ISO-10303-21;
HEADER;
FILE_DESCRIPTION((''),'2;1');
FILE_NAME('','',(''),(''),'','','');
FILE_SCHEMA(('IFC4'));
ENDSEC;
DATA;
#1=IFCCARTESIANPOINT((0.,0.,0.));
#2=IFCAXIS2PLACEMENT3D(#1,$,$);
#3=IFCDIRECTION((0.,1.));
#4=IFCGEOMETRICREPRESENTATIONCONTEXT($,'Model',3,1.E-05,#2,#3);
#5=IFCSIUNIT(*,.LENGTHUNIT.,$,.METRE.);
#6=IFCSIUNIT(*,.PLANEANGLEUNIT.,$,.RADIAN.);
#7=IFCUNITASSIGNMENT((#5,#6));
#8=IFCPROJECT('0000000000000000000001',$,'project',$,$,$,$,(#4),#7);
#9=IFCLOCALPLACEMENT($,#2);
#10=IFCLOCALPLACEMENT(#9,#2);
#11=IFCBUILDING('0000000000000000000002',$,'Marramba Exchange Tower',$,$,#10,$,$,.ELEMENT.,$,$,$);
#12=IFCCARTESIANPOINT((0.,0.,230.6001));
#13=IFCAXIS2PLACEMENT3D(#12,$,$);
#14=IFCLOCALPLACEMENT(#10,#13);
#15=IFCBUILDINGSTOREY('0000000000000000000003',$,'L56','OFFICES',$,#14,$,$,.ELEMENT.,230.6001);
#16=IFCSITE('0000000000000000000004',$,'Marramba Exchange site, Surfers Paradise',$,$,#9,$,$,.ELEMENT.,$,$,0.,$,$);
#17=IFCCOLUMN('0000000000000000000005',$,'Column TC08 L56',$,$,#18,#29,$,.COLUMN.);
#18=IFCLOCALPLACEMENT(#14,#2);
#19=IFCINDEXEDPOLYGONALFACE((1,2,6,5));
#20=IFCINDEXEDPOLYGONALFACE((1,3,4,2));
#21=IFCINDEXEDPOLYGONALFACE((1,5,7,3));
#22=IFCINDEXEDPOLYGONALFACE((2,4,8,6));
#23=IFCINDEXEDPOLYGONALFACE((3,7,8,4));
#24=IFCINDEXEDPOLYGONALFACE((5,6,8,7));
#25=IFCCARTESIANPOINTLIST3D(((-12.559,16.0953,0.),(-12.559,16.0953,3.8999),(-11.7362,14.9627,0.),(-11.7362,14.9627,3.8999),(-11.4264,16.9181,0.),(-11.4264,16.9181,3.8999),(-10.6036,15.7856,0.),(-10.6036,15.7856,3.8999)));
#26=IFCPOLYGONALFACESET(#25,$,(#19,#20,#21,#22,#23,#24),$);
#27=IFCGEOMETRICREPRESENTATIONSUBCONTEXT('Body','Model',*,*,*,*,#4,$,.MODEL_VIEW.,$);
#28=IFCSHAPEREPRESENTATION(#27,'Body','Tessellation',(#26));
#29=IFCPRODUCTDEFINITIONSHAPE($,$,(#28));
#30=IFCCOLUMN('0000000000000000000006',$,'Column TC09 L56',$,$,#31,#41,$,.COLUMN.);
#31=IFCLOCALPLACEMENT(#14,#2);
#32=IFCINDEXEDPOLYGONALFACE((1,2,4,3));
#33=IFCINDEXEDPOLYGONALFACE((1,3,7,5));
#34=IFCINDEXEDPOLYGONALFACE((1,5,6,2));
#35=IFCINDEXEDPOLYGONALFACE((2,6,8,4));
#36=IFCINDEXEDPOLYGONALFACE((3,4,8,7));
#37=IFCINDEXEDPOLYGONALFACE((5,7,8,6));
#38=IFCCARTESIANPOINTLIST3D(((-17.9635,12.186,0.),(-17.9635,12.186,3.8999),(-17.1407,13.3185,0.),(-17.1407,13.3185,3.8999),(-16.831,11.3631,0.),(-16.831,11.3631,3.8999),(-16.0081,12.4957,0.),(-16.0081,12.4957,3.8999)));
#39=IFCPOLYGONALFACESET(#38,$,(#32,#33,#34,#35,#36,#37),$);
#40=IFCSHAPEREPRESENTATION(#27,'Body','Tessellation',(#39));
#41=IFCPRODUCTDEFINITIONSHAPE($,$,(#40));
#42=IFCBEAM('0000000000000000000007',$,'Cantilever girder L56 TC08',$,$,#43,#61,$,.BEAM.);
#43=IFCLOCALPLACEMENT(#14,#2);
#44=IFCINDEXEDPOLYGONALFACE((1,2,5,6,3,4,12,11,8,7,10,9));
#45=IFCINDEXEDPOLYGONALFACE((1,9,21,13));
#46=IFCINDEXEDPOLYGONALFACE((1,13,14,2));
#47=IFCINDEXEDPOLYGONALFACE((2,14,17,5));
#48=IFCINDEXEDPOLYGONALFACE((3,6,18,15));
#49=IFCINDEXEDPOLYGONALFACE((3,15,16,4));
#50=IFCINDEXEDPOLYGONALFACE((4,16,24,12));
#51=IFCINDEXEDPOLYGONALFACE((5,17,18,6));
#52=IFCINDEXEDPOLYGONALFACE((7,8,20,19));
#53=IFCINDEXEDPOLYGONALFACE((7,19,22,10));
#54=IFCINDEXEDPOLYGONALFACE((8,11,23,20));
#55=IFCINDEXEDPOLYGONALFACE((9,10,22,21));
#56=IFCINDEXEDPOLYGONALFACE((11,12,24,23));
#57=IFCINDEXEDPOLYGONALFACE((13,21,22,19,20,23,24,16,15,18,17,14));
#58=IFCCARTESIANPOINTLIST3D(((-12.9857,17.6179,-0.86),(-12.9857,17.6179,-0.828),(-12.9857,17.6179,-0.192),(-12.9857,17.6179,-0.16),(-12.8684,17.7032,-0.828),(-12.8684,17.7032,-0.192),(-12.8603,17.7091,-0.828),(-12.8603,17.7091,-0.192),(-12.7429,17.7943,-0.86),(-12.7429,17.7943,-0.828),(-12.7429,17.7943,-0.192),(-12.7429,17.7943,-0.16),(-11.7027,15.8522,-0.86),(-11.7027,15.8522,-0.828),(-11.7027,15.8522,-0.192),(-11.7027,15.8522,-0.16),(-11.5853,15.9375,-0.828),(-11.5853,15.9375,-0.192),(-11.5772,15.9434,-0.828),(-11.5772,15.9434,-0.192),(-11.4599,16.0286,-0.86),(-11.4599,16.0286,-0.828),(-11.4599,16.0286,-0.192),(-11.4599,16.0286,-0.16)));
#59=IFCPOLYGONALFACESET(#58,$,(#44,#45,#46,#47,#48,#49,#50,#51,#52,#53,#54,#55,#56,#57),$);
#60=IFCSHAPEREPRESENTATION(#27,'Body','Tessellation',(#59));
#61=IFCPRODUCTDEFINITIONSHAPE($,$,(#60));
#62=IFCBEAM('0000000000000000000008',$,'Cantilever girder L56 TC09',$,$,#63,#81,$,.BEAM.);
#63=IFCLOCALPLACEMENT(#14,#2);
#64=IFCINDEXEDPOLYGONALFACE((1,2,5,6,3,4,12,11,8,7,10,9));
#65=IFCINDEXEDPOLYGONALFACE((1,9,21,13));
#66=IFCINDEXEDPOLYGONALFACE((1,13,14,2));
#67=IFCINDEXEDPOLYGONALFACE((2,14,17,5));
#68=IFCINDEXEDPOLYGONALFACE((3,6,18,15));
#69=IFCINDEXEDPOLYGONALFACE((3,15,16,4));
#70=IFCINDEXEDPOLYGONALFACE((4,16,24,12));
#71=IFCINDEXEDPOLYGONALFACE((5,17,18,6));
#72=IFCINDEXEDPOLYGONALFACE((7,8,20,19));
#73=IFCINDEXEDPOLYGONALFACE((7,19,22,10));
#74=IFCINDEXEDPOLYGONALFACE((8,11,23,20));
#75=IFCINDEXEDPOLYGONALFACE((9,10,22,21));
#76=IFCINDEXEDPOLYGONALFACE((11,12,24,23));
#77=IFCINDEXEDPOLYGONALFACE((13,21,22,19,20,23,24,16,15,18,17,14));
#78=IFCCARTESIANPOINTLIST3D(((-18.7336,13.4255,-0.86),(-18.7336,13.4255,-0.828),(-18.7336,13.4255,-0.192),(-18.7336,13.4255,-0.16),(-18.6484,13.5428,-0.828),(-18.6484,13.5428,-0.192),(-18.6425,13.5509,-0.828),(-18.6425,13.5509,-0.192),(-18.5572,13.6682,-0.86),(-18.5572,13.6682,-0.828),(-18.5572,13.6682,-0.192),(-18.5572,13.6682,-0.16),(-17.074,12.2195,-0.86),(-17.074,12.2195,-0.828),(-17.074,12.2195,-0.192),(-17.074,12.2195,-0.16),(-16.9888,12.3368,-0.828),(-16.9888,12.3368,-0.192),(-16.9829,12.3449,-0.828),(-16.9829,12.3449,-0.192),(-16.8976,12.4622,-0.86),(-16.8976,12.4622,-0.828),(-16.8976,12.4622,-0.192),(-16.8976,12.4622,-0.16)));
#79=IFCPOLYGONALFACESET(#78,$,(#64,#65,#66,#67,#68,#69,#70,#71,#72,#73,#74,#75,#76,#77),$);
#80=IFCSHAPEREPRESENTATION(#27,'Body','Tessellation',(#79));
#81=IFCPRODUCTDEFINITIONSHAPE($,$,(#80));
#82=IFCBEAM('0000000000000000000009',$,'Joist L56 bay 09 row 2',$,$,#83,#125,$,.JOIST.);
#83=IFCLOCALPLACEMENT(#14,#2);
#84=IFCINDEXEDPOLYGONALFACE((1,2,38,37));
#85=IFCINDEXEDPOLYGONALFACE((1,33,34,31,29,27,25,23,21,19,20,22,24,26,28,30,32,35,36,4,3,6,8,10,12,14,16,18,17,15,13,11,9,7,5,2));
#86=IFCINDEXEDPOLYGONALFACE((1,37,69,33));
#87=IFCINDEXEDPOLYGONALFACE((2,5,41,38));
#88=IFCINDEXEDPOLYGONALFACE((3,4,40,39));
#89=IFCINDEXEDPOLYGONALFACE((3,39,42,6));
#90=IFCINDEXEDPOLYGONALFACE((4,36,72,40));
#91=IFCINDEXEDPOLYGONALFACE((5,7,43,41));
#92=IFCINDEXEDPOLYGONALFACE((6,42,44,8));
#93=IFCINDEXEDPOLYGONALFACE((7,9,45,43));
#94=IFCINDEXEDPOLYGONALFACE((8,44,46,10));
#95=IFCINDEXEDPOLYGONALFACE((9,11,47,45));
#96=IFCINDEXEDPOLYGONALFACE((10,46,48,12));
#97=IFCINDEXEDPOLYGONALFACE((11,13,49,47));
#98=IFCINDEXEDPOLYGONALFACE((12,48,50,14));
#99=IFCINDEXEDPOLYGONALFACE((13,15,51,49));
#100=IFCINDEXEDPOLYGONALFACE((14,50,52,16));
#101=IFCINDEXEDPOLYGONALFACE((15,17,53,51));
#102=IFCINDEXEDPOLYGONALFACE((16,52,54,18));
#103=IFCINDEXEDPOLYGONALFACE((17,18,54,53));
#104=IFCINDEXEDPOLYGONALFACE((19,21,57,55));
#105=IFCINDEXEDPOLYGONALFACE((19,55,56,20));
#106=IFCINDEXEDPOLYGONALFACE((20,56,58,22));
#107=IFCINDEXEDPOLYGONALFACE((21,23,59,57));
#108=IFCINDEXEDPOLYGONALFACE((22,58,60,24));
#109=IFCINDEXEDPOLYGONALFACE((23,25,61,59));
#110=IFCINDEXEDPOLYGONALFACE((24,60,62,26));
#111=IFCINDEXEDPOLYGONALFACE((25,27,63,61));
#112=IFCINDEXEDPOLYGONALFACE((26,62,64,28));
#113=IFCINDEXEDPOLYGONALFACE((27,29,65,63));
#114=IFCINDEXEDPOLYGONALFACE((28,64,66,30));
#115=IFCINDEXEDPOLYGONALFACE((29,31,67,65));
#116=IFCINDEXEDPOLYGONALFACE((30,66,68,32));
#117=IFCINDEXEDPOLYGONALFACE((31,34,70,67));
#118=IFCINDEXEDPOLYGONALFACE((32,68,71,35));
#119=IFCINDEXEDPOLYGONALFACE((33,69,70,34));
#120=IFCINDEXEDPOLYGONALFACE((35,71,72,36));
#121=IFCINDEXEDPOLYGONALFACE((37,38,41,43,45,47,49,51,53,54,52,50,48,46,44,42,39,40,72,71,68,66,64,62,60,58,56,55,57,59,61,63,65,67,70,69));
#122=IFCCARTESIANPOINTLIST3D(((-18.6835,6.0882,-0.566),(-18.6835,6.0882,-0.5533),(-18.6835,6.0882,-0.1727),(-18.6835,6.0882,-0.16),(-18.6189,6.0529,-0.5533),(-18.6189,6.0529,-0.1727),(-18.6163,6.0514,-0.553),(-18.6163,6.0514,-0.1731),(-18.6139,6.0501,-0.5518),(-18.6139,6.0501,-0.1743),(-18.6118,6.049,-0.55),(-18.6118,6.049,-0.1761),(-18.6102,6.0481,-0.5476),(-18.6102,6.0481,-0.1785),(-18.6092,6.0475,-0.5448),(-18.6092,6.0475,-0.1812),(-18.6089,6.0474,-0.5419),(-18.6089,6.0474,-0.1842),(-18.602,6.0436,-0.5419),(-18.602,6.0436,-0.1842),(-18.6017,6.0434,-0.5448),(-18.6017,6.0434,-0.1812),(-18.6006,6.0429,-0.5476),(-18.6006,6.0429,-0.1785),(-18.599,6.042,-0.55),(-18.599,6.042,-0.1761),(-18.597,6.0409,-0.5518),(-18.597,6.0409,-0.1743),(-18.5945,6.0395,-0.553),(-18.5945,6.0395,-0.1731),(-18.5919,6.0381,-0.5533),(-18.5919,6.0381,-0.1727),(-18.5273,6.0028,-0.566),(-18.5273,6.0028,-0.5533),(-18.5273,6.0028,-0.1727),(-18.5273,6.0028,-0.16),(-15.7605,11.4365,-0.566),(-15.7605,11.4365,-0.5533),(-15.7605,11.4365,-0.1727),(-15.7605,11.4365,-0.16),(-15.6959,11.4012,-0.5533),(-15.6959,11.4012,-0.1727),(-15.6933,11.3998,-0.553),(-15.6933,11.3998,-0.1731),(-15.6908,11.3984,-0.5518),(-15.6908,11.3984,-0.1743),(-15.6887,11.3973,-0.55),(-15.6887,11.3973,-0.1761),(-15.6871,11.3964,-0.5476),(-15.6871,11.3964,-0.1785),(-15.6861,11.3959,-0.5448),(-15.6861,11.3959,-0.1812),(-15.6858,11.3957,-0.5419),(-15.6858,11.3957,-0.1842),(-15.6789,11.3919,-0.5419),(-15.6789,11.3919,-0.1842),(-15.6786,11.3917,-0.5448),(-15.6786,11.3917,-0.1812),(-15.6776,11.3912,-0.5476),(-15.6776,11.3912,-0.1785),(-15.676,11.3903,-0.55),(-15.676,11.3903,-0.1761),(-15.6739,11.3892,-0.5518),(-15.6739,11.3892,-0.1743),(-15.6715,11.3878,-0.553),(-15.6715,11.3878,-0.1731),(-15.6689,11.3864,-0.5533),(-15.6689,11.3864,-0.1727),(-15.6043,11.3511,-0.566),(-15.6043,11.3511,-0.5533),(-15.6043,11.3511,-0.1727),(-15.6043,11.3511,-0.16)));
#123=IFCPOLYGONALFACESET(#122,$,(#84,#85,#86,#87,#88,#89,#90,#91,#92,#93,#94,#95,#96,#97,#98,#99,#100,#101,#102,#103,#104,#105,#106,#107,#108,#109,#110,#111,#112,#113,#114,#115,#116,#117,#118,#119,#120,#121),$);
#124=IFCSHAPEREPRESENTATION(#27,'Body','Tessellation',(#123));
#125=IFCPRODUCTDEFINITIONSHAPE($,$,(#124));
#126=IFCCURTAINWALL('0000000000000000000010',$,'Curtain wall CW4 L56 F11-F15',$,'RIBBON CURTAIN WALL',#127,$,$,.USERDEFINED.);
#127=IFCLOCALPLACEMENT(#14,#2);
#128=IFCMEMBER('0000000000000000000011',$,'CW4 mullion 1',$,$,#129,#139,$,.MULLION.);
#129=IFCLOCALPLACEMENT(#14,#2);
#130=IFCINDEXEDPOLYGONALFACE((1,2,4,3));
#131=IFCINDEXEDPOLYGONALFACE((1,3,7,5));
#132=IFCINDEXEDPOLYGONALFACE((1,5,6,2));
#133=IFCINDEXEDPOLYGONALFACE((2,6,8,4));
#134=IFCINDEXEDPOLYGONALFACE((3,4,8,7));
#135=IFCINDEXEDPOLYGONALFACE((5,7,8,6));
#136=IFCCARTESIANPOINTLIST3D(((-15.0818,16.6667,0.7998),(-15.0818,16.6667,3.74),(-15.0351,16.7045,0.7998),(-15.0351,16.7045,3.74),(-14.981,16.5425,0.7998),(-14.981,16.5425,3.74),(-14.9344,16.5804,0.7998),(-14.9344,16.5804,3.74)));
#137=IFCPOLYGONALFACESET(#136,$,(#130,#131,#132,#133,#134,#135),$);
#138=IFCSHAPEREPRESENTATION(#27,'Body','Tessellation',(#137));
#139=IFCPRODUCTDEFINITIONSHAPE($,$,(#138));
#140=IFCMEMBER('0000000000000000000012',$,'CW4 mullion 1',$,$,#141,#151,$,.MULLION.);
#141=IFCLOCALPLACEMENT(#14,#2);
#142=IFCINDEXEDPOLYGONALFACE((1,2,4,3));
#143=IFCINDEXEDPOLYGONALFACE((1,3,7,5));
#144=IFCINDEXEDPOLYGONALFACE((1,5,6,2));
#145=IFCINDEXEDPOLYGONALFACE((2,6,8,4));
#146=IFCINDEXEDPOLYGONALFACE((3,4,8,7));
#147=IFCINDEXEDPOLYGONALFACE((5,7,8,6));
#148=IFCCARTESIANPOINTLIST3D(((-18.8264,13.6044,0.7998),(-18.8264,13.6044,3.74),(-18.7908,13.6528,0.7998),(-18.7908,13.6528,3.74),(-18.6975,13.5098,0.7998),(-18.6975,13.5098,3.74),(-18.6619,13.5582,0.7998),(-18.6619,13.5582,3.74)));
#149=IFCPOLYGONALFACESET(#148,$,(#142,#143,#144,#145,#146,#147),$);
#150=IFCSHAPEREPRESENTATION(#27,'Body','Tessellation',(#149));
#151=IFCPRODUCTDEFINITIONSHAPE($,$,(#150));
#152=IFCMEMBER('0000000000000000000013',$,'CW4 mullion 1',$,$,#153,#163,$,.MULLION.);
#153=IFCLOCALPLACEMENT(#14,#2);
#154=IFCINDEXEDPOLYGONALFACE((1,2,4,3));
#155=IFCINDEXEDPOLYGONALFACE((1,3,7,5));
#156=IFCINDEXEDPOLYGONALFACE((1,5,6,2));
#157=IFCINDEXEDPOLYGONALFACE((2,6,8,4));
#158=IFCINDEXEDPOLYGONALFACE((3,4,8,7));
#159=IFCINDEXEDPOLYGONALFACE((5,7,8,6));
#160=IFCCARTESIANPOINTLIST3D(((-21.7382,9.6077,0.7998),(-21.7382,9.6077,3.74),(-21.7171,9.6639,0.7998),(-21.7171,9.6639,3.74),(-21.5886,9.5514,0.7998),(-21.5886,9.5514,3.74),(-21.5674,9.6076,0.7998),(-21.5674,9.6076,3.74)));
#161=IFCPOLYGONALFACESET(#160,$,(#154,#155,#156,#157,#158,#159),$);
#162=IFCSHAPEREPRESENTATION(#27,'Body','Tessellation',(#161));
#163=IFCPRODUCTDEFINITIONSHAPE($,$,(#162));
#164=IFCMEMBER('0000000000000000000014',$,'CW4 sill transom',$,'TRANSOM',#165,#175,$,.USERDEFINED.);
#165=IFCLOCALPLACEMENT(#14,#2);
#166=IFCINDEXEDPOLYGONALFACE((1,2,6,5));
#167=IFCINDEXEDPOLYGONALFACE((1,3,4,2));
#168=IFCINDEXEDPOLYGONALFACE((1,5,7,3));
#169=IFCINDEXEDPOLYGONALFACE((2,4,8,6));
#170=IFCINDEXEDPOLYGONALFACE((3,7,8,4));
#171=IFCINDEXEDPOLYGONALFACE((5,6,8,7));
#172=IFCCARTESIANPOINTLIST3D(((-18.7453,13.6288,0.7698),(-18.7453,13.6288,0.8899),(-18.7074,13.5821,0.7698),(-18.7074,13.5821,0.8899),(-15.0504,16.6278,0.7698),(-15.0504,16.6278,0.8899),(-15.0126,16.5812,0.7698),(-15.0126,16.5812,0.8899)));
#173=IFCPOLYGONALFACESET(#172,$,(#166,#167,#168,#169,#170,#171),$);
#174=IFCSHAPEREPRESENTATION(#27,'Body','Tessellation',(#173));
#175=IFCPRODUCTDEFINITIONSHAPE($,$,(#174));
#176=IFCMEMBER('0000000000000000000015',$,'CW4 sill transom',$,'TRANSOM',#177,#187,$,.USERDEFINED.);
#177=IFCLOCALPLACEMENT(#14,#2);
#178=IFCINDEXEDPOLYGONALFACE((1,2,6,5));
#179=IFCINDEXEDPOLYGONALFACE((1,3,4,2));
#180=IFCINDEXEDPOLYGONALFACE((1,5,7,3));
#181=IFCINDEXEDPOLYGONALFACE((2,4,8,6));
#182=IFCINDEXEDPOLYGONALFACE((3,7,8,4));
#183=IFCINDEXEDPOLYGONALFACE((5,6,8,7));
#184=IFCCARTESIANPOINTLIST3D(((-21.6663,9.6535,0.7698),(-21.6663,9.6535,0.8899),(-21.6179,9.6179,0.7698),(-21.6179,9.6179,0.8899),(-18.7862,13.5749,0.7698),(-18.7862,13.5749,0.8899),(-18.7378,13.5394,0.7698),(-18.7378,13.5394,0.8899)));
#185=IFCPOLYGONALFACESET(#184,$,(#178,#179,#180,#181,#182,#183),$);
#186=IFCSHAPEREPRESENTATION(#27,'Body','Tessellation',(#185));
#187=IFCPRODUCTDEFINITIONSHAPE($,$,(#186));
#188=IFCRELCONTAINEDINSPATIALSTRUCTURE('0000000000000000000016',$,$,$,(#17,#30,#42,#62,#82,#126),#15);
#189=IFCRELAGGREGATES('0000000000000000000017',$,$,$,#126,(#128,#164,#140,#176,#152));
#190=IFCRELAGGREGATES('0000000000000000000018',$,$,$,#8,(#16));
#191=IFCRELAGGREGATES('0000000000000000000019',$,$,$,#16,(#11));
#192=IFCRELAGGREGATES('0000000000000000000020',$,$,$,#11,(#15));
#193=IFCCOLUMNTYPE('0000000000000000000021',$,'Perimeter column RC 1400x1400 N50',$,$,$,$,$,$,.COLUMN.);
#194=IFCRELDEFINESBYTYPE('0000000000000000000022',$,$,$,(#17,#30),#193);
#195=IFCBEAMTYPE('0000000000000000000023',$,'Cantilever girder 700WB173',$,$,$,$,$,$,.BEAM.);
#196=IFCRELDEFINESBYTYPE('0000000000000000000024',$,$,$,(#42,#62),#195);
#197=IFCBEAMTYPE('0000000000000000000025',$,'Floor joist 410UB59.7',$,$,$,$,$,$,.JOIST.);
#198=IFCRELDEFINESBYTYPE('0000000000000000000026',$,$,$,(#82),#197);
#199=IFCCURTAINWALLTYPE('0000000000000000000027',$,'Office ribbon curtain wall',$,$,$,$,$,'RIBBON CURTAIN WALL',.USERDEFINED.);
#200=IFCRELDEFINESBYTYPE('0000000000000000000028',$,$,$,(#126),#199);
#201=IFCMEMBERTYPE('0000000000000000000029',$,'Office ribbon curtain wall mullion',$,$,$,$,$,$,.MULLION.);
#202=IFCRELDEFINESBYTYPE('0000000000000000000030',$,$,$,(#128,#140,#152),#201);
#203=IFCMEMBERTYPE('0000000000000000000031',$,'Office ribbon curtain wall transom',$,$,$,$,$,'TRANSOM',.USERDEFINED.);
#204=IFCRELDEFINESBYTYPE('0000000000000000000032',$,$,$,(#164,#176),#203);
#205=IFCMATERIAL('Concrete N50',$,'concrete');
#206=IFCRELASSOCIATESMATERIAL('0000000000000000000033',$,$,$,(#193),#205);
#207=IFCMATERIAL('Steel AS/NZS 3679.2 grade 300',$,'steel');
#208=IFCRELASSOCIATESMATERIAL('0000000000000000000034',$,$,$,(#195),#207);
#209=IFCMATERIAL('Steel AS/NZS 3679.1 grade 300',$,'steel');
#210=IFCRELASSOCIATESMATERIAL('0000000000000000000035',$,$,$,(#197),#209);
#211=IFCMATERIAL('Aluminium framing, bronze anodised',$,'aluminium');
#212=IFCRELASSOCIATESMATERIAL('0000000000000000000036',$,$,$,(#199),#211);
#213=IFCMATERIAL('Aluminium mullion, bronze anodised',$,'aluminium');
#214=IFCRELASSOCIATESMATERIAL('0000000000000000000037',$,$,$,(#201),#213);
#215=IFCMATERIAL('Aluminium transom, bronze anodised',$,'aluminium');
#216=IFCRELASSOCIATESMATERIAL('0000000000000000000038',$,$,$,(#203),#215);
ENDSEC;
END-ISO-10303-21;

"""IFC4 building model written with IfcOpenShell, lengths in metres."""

from ifc_helpers import new_model, si_unit, direction, frame, origin, origin_2d, place, context, subcontext, project, spatial, rectangle, i_section, extrude, material, material_profile, profile_set, type_object, element, aggregate, save


model = new_model("IFC4")

# Units and contexts
model_context = context("Model", 3, precision=1e-05, world=origin(), true_north=direction((0.0, 1.0)))
body_context = subcontext(model_context, "Body", "Model", "MODEL_VIEW")
ifc_project = project(units=[si_unit("LENGTHUNIT", "METRE"), si_unit("PLANEANGLEUNIT", "RADIAN")], contexts=[model_context])

# Site, building, storey
site_placement = place(None, origin())
site = spatial("IfcSite", under=ifc_project, at=site_placement, Name="Marramba Exchange site, Surfers Paradise", CompositionType="ELEMENT", RefElevation=0.0)
building_placement = place(site_placement, origin())
building = spatial("IfcBuilding", under=site, at=building_placement, Name="Marramba Exchange Tower", CompositionType="ELEMENT")
storey_placement = place(building_placement, frame((0.0, 0.0, 230.6001)))
storey = spatial("IfcBuildingStorey", under=building, at=storey_placement, Name="L56", Description="OFFICES", CompositionType="ELEMENT", Elevation=230.6001)

# Columns
ifc_material_1 = material(Name="Concrete N50", Category="concrete")
ifc_material_profile_1 = material_profile(ifc_material_1, rectangle(XDim=1.3999, YDim=1.3999, at=origin_2d()), Name="RC 1400x1400")
ifc_profile_set_1 = profile_set([ifc_material_profile_1], Name="Concrete N50")
column_type = type_object("IfcColumnType", Name="Perimeter column RC 1400x1400 N50", PredefinedType="COLUMN", material=ifc_profile_set_1)
for number, where, z_axis, x_axis, name in (
    (1, (-11.5813, 15.9404, 0.0), (0.0, 0.0, 1.0), (-0.587785, 0.809017, 0.0), "Column TC08 L56"),
    (2, (-16.9858, 12.3408, 0.0), (0.0, 0.0, 1.0), (-0.809017, 0.587785, 0.0), "Column TC09 L56"),
):
    element("IfcColumn", number, at=place(storey_placement, frame(where, z_axis=z_axis, x_axis=x_axis)), inside=storey, type_object=column_type, Name=name, PredefinedType="COLUMN", context=body_context, shape_type="SweptSolid", body=[
        extrude(rectangle(XDim=1.3999, YDim=1.3999, at=origin_2d()), origin(), (0.0, 0.0, 1.0), 3.8999),
    ])

# Beams
ifc_material_2 = material(Name="Steel AS/NZS 3679.2 grade 300", Category="steel")
ifc_material_profile_2 = material_profile(ifc_material_2, i_section(OverallWidth=0.3, OverallDepth=0.7, WebThickness=0.01, FlangeThickness=0.032, at=origin_2d()), Name="700WB173")
ifc_profile_set_2 = profile_set([ifc_material_profile_2], Name="Steel AS/NZS 3679.2 grade 300")
beam_type_1 = type_object("IfcBeamType", Name="Cantilever girder 700WB173", PredefinedType="BEAM", material=ifc_profile_set_2)
beam_1_placement = place(storey_placement, frame((-11.5813, 15.9404, -0.51), z_axis=(-0.587832, 0.808983, 0.0), x_axis=(-0.808983, -0.587832, 0.0)))
element("IfcBeam", 3, at=beam_1_placement, inside=storey, type_object=beam_type_1, Name="Cantilever girder L56 TC08", PredefinedType="BEAM", context=body_context, shape_type="SweptSolid", body=[
    extrude(i_section(OverallWidth=0.3, OverallDepth=0.7, WebThickness=0.01, FlangeThickness=0.032, at=origin_2d()), origin(), (0.0, 0.0, 1.0), 2.1826),
])
beam_2_placement = place(storey_placement, frame((-16.9858, 12.3408, -0.51), z_axis=(-0.808962, 0.58786, 0.0), x_axis=(-0.58786, -0.808962, 0.0)))
element("IfcBeam", 4, at=beam_2_placement, inside=storey, type_object=beam_type_1, Name="Cantilever girder L56 TC09", PredefinedType="BEAM", context=body_context, shape_type="SweptSolid", body=[
    extrude(i_section(OverallWidth=0.3, OverallDepth=0.7, WebThickness=0.01, FlangeThickness=0.032, at=origin_2d()), origin(), (0.0, 0.0, 1.0), 2.0515),
])
ifc_material_3 = material(Name="Steel AS/NZS 3679.1 grade 300", Category="steel")
ifc_material_profile_3 = material_profile(ifc_material_3, i_section(OverallWidth=0.178, OverallDepth=0.406, WebThickness=0.0078, FlangeThickness=0.0127, FilletRadius=0.0115, at=origin_2d()), Name="410UB59.7")
ifc_profile_set_3 = profile_set([ifc_material_profile_3], Name="Steel AS/NZS 3679.1 grade 300")
beam_type_2 = type_object("IfcBeamType", Name="Floor joist 410UB59.7", PredefinedType="JOIST", material=ifc_profile_set_3)
beam_3_placement = place(storey_placement, frame((-15.6824, 11.3938, -0.363), z_axis=(-0.479584, -0.877496, 0.0), x_axis=(0.877496, -0.479584, 0.0)))
element("IfcBeam", 5, at=beam_3_placement, inside=storey, type_object=beam_type_2, Name="Joist L56 bay 09 row 2", PredefinedType="JOIST", context=body_context, shape_type="SweptSolid", body=[
    extrude(i_section(OverallWidth=0.178, OverallDepth=0.406, WebThickness=0.0078, FlangeThickness=0.0127, FilletRadius=0.0115, at=origin_2d()), origin(), (0.0, 0.0, 1.0), 6.095),
])

# Curtain wall, members
ifc_material_4 = material(Name="Aluminium framing, bronze anodised", Category="aluminium")
curtain_wall_type = type_object("IfcCurtainWallType", Name="Office ribbon curtain wall", ElementType="RIBBON CURTAIN WALL", PredefinedType="USERDEFINED", material=ifc_material_4)
curtain_wall_placement = place(storey_placement, origin())
curtain_wall = element("IfcCurtainWall", 6, at=curtain_wall_placement, inside=storey, type_object=curtain_wall_type, Name="Curtain wall CW4 L56 F11-F15", ObjectType="RIBBON CURTAIN WALL", PredefinedType="USERDEFINED")
ifc_material_5 = material(Name="Aluminium mullion, bronze anodised", Category="aluminium")
ifc_material_profile_4 = material_profile(ifc_material_5, rectangle(XDim=0.1599, YDim=0.0601, at=origin_2d()), Name="CW4 mullion 60x160")
ifc_profile_set_4 = profile_set([ifc_material_profile_4], Name="Aluminium mullion, bronze anodised")
member_type_1 = type_object("IfcMemberType", Name="Office ribbon curtain wall mullion", PredefinedType="MULLION", material=ifc_profile_set_4)
member_1_placement = place(storey_placement, frame((-15.0081, 16.6235, 0.7998), z_axis=(0.0, 0.0, 1.0), x_axis=(0.630201, -0.776432, 0.0)))
member_1 = element("IfcMember", 7, at=member_1_placement, type_object=member_type_1, Name="CW4 mullion 1", PredefinedType="MULLION", context=body_context, shape_type="SweptSolid", body=[
    extrude(rectangle(XDim=0.1599, YDim=0.0601, at=origin_2d()), origin(), (0.0, 0.0, 1.0), 2.9402),
])
member_2_placement = place(storey_placement, frame((-18.7441, 13.5813, 0.7998), z_axis=(0.0, 0.0, 1.0), x_axis=(0.805965, -0.591963, 0.0)))
member_2 = element("IfcMember", 8, at=member_2_placement, type_object=member_type_1, Name="CW4 mullion 1", PredefinedType="MULLION", context=body_context, shape_type="SweptSolid", body=[
    extrude(rectangle(XDim=0.1599, YDim=0.0601, at=origin_2d()), origin(), (0.0, 0.0, 1.0), 2.9402),
])
member_3_placement = place(storey_placement, frame((-21.6528, 9.6077, 0.7998), z_axis=(0.0, 0.0, 1.0), x_axis=(0.936018, -0.351952, 0.0)))
member_3 = element("IfcMember", 9, at=member_3_placement, type_object=member_type_1, Name="CW4 mullion 1", PredefinedType="MULLION", context=body_context, shape_type="SweptSolid", body=[
    extrude(rectangle(XDim=0.1599, YDim=0.0601, at=origin_2d()), origin(), (0.0, 0.0, 1.0), 2.9402),
])
ifc_material_6 = material(Name="Aluminium transom, bronze anodised", Category="aluminium")
ifc_material_profile_5 = material_profile(ifc_material_6, rectangle(XDim=0.0601, YDim=0.1201, at=origin_2d()), Name="CW4 transom 60x120")
ifc_profile_set_5 = profile_set([ifc_material_profile_5], Name="Aluminium transom, bronze anodised")
member_type_2 = type_object("IfcMemberType", Name="Office ribbon curtain wall transom", ElementType="TRANSOM", PredefinedType="USERDEFINED", material=ifc_profile_set_5)
member_4_placement = place(storey_placement, frame((-15.0315, 16.6045, 0.8298), z_axis=(-0.776425, -0.63021, 0.0), x_axis=(0.63021, -0.776425, 0.0)))
member_4 = element("IfcMember", 10, at=member_4_placement, type_object=member_type_2, Name="CW4 sill transom", ObjectType="TRANSOM", PredefinedType="USERDEFINED", context=body_context, shape_type="SweptSolid", body=[
    extrude(rectangle(XDim=0.0601, YDim=0.1201, at=origin_2d()), origin(), (0.0, 0.0, 1.0), 4.7588),
])
member_5_placement = place(storey_placement, frame((-18.762, 13.5571, 0.8298), z_axis=(-0.591957, -0.805969, 0.0), x_axis=(0.805969, -0.591957, 0.0)))
member_5 = element("IfcMember", 11, at=member_5_placement, type_object=member_type_2, Name="CW4 sill transom", ObjectType="TRANSOM", PredefinedType="USERDEFINED", context=body_context, shape_type="SweptSolid", body=[
    extrude(rectangle(XDim=0.0601, YDim=0.1201, at=origin_2d()), origin(), (0.0, 0.0, 1.0), 4.8655),
])

aggregate(curtain_wall, [member_1, member_4, member_2, member_5, member_3])

save(model, "model.ifc")
